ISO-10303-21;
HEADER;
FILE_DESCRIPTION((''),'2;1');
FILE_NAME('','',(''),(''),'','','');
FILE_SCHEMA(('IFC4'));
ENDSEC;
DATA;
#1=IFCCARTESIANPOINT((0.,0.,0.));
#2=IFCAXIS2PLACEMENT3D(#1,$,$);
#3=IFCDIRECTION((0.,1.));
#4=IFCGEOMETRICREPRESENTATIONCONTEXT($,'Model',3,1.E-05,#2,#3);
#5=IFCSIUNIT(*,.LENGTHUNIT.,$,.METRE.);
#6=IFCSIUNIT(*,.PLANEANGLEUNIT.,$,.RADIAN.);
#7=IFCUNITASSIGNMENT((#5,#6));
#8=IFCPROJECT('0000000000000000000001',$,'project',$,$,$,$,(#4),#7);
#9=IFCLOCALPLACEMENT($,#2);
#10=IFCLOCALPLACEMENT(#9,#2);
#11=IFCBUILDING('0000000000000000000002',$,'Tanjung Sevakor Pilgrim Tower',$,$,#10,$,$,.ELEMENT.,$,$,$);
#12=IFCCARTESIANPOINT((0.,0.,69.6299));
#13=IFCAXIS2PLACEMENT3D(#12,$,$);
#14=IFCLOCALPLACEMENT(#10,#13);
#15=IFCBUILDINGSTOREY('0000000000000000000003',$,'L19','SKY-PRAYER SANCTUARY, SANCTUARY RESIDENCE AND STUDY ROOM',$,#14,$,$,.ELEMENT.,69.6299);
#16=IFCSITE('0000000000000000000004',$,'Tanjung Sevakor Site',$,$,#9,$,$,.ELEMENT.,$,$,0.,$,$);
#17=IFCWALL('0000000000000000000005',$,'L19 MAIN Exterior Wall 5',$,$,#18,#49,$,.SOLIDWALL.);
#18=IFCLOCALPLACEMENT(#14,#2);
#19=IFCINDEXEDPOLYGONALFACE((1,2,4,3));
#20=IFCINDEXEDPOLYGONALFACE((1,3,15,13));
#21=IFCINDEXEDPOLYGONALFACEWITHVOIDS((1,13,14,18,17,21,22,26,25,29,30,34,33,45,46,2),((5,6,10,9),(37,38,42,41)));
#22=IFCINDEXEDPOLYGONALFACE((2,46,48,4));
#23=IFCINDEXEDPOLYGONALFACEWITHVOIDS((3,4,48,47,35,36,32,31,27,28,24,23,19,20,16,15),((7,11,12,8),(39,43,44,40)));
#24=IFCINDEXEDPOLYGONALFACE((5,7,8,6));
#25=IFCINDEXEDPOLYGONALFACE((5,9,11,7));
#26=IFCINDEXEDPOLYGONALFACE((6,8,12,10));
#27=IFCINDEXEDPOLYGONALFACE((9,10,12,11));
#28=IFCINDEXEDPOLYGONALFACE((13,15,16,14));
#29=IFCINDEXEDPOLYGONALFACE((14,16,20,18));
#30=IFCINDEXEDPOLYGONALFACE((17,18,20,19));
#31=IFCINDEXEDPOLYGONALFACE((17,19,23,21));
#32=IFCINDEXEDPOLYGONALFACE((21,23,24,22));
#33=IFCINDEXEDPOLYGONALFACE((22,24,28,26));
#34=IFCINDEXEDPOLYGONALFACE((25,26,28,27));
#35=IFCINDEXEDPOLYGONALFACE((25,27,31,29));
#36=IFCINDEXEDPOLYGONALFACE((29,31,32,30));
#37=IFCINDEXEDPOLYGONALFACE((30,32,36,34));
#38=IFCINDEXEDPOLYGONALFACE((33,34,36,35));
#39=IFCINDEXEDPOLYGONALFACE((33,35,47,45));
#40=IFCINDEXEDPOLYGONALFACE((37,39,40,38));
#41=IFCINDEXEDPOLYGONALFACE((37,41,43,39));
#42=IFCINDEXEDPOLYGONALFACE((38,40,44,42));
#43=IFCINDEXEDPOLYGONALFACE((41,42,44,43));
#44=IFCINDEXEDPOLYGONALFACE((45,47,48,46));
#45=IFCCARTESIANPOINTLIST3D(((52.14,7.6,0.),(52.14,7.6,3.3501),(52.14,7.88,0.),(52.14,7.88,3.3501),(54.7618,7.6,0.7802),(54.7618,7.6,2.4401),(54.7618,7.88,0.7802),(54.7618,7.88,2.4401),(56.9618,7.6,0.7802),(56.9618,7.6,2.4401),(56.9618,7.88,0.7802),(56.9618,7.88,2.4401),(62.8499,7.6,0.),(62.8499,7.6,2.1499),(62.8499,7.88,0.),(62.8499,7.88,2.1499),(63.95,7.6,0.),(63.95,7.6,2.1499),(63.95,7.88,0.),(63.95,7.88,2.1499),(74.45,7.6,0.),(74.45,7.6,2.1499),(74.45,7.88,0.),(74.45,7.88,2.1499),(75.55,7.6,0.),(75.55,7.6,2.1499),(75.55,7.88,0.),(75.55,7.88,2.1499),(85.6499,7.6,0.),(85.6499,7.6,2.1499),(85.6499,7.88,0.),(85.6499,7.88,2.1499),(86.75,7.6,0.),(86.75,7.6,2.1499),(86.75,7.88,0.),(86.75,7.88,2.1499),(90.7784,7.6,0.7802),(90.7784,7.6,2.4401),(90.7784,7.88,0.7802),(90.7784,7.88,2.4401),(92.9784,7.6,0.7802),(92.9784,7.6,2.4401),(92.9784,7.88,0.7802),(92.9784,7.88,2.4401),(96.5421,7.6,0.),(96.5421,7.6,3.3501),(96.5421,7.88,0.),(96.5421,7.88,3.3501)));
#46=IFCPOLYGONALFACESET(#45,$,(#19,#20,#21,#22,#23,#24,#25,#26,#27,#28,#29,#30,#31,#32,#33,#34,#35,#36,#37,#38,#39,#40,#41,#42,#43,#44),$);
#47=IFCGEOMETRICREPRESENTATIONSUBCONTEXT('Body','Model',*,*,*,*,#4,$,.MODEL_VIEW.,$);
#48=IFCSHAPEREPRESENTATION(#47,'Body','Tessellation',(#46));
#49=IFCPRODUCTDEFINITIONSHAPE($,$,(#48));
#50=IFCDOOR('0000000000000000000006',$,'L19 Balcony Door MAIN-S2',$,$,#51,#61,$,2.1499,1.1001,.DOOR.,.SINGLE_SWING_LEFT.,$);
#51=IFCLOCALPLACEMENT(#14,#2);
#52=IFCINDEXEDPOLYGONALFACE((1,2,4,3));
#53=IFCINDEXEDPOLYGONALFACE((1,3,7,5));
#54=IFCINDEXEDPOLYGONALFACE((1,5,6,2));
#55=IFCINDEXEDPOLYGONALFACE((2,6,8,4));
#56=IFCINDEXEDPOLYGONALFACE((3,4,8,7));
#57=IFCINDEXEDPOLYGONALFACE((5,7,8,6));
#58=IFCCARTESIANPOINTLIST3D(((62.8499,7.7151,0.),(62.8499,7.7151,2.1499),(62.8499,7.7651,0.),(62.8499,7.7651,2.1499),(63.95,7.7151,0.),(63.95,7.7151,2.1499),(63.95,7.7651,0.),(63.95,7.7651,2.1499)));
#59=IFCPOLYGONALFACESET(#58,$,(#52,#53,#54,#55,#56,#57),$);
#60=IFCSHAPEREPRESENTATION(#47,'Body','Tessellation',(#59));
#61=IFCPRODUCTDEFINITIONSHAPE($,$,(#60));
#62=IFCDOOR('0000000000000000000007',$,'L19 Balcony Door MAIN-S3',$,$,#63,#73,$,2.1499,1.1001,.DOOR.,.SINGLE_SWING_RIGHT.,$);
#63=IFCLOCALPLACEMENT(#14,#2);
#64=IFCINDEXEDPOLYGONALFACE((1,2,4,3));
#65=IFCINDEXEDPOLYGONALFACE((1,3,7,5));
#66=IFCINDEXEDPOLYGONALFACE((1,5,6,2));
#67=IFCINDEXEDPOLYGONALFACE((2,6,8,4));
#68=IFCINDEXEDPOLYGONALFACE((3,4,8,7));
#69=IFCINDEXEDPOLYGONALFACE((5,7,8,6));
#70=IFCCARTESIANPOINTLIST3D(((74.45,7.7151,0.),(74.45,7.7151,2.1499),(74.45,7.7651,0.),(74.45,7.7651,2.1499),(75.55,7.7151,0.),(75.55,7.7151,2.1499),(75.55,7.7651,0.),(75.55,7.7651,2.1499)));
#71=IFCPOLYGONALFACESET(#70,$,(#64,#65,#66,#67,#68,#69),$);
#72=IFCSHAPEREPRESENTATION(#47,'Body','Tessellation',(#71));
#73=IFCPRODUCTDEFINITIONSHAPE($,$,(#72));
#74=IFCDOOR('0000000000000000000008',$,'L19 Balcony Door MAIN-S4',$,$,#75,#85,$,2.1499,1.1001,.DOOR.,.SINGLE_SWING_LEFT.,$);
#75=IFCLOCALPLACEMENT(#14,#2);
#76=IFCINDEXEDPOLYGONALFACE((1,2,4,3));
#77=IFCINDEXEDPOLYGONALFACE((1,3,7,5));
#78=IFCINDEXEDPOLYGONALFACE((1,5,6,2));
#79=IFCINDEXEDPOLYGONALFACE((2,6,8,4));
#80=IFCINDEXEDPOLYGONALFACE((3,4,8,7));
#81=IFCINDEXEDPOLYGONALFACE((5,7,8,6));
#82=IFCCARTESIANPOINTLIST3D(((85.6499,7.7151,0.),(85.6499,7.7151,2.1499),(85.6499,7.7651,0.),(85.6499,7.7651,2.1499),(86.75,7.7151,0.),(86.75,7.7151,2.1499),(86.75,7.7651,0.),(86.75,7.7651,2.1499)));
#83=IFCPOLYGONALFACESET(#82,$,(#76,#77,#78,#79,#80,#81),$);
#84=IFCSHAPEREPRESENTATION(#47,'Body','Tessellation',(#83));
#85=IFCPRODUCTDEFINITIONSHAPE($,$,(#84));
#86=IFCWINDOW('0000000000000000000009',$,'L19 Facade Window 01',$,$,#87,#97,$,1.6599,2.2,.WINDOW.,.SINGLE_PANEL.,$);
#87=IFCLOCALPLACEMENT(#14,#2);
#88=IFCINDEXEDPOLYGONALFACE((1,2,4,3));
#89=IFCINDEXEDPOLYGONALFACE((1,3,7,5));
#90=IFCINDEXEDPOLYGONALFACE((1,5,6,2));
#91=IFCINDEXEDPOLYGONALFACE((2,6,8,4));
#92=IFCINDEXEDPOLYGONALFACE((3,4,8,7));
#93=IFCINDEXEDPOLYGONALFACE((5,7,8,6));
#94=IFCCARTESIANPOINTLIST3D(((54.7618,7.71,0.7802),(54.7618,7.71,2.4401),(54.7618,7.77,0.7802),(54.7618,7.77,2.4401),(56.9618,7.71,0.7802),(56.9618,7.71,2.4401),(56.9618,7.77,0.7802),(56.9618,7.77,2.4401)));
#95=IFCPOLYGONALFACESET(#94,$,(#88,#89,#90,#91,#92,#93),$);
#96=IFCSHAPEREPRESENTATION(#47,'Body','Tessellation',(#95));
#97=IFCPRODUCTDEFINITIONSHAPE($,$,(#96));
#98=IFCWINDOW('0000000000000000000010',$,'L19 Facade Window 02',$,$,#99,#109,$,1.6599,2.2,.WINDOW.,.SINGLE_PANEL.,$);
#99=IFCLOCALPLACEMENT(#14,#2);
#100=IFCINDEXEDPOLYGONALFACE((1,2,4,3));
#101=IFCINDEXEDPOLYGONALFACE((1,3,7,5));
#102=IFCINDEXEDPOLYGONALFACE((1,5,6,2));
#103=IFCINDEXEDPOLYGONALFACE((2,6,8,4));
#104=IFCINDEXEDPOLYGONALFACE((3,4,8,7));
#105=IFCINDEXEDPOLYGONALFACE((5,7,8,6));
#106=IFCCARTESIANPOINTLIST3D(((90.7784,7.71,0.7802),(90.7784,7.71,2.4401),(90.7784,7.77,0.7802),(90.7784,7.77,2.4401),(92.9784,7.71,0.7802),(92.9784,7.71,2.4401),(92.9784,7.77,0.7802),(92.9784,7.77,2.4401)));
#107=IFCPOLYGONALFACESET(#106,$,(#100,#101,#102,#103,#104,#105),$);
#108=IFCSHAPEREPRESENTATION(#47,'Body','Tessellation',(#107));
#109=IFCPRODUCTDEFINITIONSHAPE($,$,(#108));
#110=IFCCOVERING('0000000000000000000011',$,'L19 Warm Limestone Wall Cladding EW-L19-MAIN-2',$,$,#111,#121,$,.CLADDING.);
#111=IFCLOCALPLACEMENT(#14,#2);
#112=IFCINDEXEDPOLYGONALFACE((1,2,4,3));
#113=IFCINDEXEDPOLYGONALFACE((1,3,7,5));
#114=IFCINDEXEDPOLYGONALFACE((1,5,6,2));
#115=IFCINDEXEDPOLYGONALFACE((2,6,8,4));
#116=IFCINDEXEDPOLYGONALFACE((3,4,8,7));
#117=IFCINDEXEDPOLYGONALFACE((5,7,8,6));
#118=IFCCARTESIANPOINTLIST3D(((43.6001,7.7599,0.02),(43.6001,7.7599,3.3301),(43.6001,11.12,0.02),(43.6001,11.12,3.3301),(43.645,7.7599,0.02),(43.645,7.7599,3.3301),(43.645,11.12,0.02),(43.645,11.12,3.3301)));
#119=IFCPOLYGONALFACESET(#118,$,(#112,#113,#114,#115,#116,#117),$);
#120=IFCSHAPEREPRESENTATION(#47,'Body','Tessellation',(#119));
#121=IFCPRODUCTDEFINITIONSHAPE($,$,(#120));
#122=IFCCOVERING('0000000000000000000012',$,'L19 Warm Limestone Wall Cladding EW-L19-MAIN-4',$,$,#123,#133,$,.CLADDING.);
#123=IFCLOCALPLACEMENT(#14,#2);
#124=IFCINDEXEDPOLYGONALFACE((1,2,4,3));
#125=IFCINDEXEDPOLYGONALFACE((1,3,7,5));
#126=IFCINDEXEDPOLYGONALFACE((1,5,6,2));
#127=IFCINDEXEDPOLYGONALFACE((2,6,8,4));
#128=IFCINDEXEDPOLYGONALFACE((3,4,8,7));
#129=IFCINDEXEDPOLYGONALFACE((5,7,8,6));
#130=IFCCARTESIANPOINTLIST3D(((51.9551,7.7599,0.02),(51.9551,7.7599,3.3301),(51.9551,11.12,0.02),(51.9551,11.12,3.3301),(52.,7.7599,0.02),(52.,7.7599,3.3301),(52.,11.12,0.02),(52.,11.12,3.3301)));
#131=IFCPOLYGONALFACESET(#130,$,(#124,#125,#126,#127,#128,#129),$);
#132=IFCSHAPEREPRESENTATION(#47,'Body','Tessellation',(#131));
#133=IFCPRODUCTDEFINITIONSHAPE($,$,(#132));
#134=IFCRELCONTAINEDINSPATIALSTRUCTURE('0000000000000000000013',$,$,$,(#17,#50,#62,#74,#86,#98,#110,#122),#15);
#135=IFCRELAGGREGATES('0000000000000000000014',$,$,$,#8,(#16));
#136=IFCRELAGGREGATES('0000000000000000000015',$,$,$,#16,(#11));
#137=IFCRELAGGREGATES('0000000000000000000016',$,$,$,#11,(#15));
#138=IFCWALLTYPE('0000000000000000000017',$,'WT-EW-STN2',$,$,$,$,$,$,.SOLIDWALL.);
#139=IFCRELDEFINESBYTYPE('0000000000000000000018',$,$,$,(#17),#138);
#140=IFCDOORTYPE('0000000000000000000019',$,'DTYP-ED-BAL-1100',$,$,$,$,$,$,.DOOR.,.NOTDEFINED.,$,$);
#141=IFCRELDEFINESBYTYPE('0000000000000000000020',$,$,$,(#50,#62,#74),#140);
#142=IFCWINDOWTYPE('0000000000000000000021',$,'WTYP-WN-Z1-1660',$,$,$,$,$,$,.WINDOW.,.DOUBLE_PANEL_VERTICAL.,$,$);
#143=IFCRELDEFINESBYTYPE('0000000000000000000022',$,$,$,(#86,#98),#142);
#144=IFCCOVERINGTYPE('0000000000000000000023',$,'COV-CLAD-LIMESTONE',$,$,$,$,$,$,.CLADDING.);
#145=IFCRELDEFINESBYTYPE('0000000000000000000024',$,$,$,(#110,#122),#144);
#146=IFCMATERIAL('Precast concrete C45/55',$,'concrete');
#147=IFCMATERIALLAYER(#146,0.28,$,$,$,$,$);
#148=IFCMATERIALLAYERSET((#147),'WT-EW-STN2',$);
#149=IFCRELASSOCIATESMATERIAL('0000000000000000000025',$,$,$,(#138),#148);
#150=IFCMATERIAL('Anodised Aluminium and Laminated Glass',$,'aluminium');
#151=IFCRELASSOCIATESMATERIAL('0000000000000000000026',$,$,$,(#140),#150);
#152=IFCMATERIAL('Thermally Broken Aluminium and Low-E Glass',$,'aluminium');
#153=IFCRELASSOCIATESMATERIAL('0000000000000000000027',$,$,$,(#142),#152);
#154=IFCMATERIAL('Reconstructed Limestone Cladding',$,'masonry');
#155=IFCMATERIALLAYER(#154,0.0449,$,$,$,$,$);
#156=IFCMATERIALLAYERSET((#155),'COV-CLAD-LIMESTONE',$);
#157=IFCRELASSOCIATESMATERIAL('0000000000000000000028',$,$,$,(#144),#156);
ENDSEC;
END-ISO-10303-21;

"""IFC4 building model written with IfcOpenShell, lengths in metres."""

from ifc_helpers import new_model, si_unit, direction, frame, frame_2d, origin, origin_2d, place, context, subcontext, project, spatial, rectangle, extrude, material, layer, layer_set, type_object, element, fill, save


model = new_model("IFC4")

# Units and contexts
model_context = context("Model", 3, precision=1e-05, world=origin(), true_north=direction((0.0, 1.0)))
body_context = subcontext(model_context, "Body", "Model", "MODEL_VIEW")
ifc_project = project(units=[si_unit("LENGTHUNIT", "METRE"), si_unit("PLANEANGLEUNIT", "RADIAN")], contexts=[model_context])

# Site, building, storey
site_placement = place(None, origin())
site = spatial("IfcSite", under=ifc_project, at=site_placement, Name="Tanjung Sevakor Site", CompositionType="ELEMENT", RefElevation=0.0)
building_placement = place(site_placement, origin())
building = spatial("IfcBuilding", under=site, at=building_placement, Name="Tanjung Sevakor Pilgrim Tower", CompositionType="ELEMENT")
storey_placement = place(building_placement, frame((0.0, 0.0, 69.6299)))
storey = spatial("IfcBuildingStorey", under=building, at=storey_placement, Name="L19", Description="SKY-PRAYER SANCTUARY, SANCTUARY RESIDENCE AND STUDY ROOM", CompositionType="ELEMENT", Elevation=69.6299)

# Shared definitions
ifc_material_1 = material(Name="Precast concrete C45/55", Category="concrete")
ifc_layer_1 = layer(ifc_material_1, 0.28)
ifc_layer_set_1 = layer_set([ifc_layer_1], Name="WT-EW-STN2")
wall_type_1 = type_object("IfcWallType", Name="WT-EW-STN2", PredefinedType="SOLIDWALL", material=ifc_layer_set_1)

# Wall, openings, doors, windows
wall_1_placement = place(storey_placement, frame((52.1399, 7.74, 0.0), z_axis=(0.0, 0.0, 1.0), x_axis=(1.0, 0.0, 0.0)))
wall_1 = element("IfcWall", 1, at=wall_1_placement, inside=storey, type_object=wall_type_1, Name="L19 MAIN Exterior Wall 5", PredefinedType="SOLIDWALL", context=body_context, shape_type="SweptSolid", body=[
    extrude(rectangle(XDim=44.4021, YDim=0.28, at=frame_2d((22.2012, 0.0))), origin(), (0.0, 0.0, 1.0), 3.3501),
])
opening_1_placement = place(wall_1_placement, frame((10.71, 0.0, 0.0)))
opening_1 = element("IfcOpeningElement", 2, at=opening_1_placement, cuts=wall_1, PredefinedType="OPENING", context=body_context, shape_type="SweptSolid", body=[
    extrude(rectangle(XDim=1.1001, YDim=2.1499, at=frame_2d((0.55, 1.075))), frame((0.0, 0.1499, 0.0), z_axis=(0.0, -1.0, 0.0), x_axis=(1.0, 0.0, 0.0)), (0.0, 0.0, 1.0), 0.3),
])
opening_2_placement = place(wall_1_placement, frame((22.3101, 0.0, 0.0)))
opening_2 = element("IfcOpeningElement", 3, at=opening_2_placement, cuts=wall_1, PredefinedType="OPENING", context=body_context, shape_type="SweptSolid", body=[
    extrude(rectangle(XDim=1.1001, YDim=2.1499, at=frame_2d((0.55, 1.075))), frame((0.0, 0.1499, 0.0), z_axis=(0.0, -1.0, 0.0), x_axis=(1.0, 0.0, 0.0)), (0.0, 0.0, 1.0), 0.3),
])
opening_3_placement = place(wall_1_placement, frame((33.51, 0.0, 0.0)))
opening_3 = element("IfcOpeningElement", 4, at=opening_3_placement, cuts=wall_1, PredefinedType="OPENING", context=body_context, shape_type="SweptSolid", body=[
    extrude(rectangle(XDim=1.1001, YDim=2.1499, at=frame_2d((0.55, 1.075))), frame((0.0, 0.1499, 0.0), z_axis=(0.0, -1.0, 0.0), x_axis=(1.0, 0.0, 0.0)), (0.0, 0.0, 1.0), 0.3),
])
opening_4_placement = place(wall_1_placement, frame((2.6218, 0.0, 0.78)))
opening_4 = element("IfcOpeningElement", 5, at=opening_4_placement, cuts=wall_1, PredefinedType="OPENING", context=body_context, shape_type="SweptSolid", body=[
    extrude(rectangle(XDim=2.2, YDim=1.6599, at=frame_2d((1.1001, 0.8301))), frame((0.0, 0.1499, 0.0), z_axis=(0.0, -1.0, 0.0), x_axis=(1.0, 0.0, 0.0)), (0.0, 0.0, 1.0), 0.3),
])
opening_5_placement = place(wall_1_placement, frame((38.6384, 0.0, 0.78)))
opening_5 = element("IfcOpeningElement", 6, at=opening_5_placement, cuts=wall_1, PredefinedType="OPENING", context=body_context, shape_type="SweptSolid", body=[
    extrude(rectangle(XDim=2.2, YDim=1.6599, at=frame_2d((1.1001, 0.8301))), frame((0.0, 0.1499, 0.0), z_axis=(0.0, -1.0, 0.0), x_axis=(1.0, 0.0, 0.0)), (0.0, 0.0, 1.0), 0.3),
])
ifc_material_2 = material(Name="Anodised Aluminium and Laminated Glass", Category="aluminium")
door_type_1 = type_object("IfcDoorType", Name="DTYP-ED-BAL-1100", OperationType="NOTDEFINED", PredefinedType="DOOR", material=ifc_material_2)
door_1_placement = place(opening_1_placement, frame((1.1001, 0.0, 0.0), z_axis=(0.0, 0.0, 1.0), x_axis=(-1.0, 0.0, 0.0)))
door_1 = element("IfcDoor", 7, at=door_1_placement, inside=storey, type_object=door_type_1, Name="L19 Balcony Door MAIN-S2", OperationType="SINGLE_SWING_LEFT", OverallHeight=2.1499, OverallWidth=1.1001, PredefinedType="DOOR", context=body_context, shape_type="SweptSolid", body=[
    extrude(rectangle(XDim=1.1001, YDim=2.1499, at=frame_2d((0.55, 1.075))), frame((0.0, 0.0249, 0.0), z_axis=(0.0, -1.0, 0.0), x_axis=(1.0, 0.0, 0.0)), (0.0, 0.0, 1.0), 0.05),
])
fill(opening_1, door_1)
door_2_placement = place(opening_2_placement, frame((1.1001, 0.0, 0.0), z_axis=(0.0, 0.0, 1.0), x_axis=(-1.0, 0.0, 0.0)))
door_2 = element("IfcDoor", 8, at=door_2_placement, inside=storey, type_object=door_type_1, Name="L19 Balcony Door MAIN-S3", OperationType="SINGLE_SWING_RIGHT", OverallHeight=2.1499, OverallWidth=1.1001, PredefinedType="DOOR", context=body_context, shape_type="SweptSolid", body=[
    extrude(rectangle(XDim=1.1001, YDim=2.1499, at=frame_2d((0.55, 1.075))), frame((0.0, 0.0249, 0.0), z_axis=(0.0, -1.0, 0.0), x_axis=(1.0, 0.0, 0.0)), (0.0, 0.0, 1.0), 0.05),
])
fill(opening_2, door_2)
door_3_placement = place(opening_3_placement, frame((1.1001, 0.0, 0.0), z_axis=(0.0, 0.0, 1.0), x_axis=(-1.0, 0.0, 0.0)))
door_3 = element("IfcDoor", 9, at=door_3_placement, inside=storey, type_object=door_type_1, Name="L19 Balcony Door MAIN-S4", OperationType="SINGLE_SWING_LEFT", OverallHeight=2.1499, OverallWidth=1.1001, PredefinedType="DOOR", context=body_context, shape_type="SweptSolid", body=[
    extrude(rectangle(XDim=1.1001, YDim=2.1499, at=frame_2d((0.55, 1.075))), frame((0.0, 0.0249, 0.0), z_axis=(0.0, -1.0, 0.0), x_axis=(1.0, 0.0, 0.0)), (0.0, 0.0, 1.0), 0.05),
])
fill(opening_3, door_3)
ifc_material_3 = material(Name="Thermally Broken Aluminium and Low-E Glass", Category="aluminium")
window_type = type_object("IfcWindowType", Name="WTYP-WN-Z1-1660", PartitioningType="DOUBLE_PANEL_VERTICAL", PredefinedType="WINDOW", material=ifc_material_3)
window_1_placement = place(opening_4_placement, origin())
window_1 = element("IfcWindow", 10, at=window_1_placement, inside=storey, type_object=window_type, Name="L19 Facade Window 01", OverallHeight=1.6599, OverallWidth=2.2, PartitioningType="SINGLE_PANEL", PredefinedType="WINDOW", context=body_context, shape_type="SweptSolid", body=[
    extrude(rectangle(XDim=2.2, YDim=1.6599, at=frame_2d((1.1001, 0.8301))), frame((0.0, 0.03, 0.0), z_axis=(0.0, -1.0, 0.0), x_axis=(1.0, 0.0, 0.0)), (0.0, 0.0, 1.0), 0.0601),
])
fill(opening_4, window_1)
window_2_placement = place(opening_5_placement, origin())
window_2 = element("IfcWindow", 11, at=window_2_placement, inside=storey, type_object=window_type, Name="L19 Facade Window 02", OverallHeight=1.6599, OverallWidth=2.2, PartitioningType="SINGLE_PANEL", PredefinedType="WINDOW", context=body_context, shape_type="SweptSolid", body=[
    extrude(rectangle(XDim=2.2, YDim=1.6599, at=frame_2d((1.1001, 0.8301))), frame((0.0, 0.03, 0.0), z_axis=(0.0, -1.0, 0.0), x_axis=(1.0, 0.0, 0.0)), (0.0, 0.0, 1.0), 0.0601),
])
fill(opening_5, window_2)

# Coverings
ifc_material_4 = material(Name="Reconstructed Limestone Cladding", Category="masonry")
ifc_layer_2 = layer(ifc_material_4, 0.0449)
ifc_layer_set_2 = layer_set([ifc_layer_2], Name="COV-CLAD-LIMESTONE")
covering_type = type_object("IfcCoveringType", Name="COV-CLAD-LIMESTONE", PredefinedType="CLADDING", material=ifc_layer_set_2)
for number, where, z_axis, x_axis, name in (
    (12, (43.6226, 9.4399, 0.02), (0.0, 0.0, 1.0), (0.0, 1.0, 0.0), "L19 Warm Limestone Wall Cladding EW-L19-MAIN-2"),
    (13, (51.9775, 9.4399, 0.02), (0.0, 0.0, 1.0), (0.0, -1.0, 0.0), "L19 Warm Limestone Wall Cladding EW-L19-MAIN-4"),
):
    element("IfcCovering", number, at=place(storey_placement, frame(where, z_axis=z_axis, x_axis=x_axis)), inside=storey, type_object=covering_type, Name=name, PredefinedType="CLADDING", context=body_context, shape_type="SweptSolid", body=[
        extrude(rectangle(XDim=3.3601, YDim=0.0449, at=origin_2d()), origin(), (0.0, 0.0, 1.0), 3.3101),
    ])

save(model, "model.ifc")
